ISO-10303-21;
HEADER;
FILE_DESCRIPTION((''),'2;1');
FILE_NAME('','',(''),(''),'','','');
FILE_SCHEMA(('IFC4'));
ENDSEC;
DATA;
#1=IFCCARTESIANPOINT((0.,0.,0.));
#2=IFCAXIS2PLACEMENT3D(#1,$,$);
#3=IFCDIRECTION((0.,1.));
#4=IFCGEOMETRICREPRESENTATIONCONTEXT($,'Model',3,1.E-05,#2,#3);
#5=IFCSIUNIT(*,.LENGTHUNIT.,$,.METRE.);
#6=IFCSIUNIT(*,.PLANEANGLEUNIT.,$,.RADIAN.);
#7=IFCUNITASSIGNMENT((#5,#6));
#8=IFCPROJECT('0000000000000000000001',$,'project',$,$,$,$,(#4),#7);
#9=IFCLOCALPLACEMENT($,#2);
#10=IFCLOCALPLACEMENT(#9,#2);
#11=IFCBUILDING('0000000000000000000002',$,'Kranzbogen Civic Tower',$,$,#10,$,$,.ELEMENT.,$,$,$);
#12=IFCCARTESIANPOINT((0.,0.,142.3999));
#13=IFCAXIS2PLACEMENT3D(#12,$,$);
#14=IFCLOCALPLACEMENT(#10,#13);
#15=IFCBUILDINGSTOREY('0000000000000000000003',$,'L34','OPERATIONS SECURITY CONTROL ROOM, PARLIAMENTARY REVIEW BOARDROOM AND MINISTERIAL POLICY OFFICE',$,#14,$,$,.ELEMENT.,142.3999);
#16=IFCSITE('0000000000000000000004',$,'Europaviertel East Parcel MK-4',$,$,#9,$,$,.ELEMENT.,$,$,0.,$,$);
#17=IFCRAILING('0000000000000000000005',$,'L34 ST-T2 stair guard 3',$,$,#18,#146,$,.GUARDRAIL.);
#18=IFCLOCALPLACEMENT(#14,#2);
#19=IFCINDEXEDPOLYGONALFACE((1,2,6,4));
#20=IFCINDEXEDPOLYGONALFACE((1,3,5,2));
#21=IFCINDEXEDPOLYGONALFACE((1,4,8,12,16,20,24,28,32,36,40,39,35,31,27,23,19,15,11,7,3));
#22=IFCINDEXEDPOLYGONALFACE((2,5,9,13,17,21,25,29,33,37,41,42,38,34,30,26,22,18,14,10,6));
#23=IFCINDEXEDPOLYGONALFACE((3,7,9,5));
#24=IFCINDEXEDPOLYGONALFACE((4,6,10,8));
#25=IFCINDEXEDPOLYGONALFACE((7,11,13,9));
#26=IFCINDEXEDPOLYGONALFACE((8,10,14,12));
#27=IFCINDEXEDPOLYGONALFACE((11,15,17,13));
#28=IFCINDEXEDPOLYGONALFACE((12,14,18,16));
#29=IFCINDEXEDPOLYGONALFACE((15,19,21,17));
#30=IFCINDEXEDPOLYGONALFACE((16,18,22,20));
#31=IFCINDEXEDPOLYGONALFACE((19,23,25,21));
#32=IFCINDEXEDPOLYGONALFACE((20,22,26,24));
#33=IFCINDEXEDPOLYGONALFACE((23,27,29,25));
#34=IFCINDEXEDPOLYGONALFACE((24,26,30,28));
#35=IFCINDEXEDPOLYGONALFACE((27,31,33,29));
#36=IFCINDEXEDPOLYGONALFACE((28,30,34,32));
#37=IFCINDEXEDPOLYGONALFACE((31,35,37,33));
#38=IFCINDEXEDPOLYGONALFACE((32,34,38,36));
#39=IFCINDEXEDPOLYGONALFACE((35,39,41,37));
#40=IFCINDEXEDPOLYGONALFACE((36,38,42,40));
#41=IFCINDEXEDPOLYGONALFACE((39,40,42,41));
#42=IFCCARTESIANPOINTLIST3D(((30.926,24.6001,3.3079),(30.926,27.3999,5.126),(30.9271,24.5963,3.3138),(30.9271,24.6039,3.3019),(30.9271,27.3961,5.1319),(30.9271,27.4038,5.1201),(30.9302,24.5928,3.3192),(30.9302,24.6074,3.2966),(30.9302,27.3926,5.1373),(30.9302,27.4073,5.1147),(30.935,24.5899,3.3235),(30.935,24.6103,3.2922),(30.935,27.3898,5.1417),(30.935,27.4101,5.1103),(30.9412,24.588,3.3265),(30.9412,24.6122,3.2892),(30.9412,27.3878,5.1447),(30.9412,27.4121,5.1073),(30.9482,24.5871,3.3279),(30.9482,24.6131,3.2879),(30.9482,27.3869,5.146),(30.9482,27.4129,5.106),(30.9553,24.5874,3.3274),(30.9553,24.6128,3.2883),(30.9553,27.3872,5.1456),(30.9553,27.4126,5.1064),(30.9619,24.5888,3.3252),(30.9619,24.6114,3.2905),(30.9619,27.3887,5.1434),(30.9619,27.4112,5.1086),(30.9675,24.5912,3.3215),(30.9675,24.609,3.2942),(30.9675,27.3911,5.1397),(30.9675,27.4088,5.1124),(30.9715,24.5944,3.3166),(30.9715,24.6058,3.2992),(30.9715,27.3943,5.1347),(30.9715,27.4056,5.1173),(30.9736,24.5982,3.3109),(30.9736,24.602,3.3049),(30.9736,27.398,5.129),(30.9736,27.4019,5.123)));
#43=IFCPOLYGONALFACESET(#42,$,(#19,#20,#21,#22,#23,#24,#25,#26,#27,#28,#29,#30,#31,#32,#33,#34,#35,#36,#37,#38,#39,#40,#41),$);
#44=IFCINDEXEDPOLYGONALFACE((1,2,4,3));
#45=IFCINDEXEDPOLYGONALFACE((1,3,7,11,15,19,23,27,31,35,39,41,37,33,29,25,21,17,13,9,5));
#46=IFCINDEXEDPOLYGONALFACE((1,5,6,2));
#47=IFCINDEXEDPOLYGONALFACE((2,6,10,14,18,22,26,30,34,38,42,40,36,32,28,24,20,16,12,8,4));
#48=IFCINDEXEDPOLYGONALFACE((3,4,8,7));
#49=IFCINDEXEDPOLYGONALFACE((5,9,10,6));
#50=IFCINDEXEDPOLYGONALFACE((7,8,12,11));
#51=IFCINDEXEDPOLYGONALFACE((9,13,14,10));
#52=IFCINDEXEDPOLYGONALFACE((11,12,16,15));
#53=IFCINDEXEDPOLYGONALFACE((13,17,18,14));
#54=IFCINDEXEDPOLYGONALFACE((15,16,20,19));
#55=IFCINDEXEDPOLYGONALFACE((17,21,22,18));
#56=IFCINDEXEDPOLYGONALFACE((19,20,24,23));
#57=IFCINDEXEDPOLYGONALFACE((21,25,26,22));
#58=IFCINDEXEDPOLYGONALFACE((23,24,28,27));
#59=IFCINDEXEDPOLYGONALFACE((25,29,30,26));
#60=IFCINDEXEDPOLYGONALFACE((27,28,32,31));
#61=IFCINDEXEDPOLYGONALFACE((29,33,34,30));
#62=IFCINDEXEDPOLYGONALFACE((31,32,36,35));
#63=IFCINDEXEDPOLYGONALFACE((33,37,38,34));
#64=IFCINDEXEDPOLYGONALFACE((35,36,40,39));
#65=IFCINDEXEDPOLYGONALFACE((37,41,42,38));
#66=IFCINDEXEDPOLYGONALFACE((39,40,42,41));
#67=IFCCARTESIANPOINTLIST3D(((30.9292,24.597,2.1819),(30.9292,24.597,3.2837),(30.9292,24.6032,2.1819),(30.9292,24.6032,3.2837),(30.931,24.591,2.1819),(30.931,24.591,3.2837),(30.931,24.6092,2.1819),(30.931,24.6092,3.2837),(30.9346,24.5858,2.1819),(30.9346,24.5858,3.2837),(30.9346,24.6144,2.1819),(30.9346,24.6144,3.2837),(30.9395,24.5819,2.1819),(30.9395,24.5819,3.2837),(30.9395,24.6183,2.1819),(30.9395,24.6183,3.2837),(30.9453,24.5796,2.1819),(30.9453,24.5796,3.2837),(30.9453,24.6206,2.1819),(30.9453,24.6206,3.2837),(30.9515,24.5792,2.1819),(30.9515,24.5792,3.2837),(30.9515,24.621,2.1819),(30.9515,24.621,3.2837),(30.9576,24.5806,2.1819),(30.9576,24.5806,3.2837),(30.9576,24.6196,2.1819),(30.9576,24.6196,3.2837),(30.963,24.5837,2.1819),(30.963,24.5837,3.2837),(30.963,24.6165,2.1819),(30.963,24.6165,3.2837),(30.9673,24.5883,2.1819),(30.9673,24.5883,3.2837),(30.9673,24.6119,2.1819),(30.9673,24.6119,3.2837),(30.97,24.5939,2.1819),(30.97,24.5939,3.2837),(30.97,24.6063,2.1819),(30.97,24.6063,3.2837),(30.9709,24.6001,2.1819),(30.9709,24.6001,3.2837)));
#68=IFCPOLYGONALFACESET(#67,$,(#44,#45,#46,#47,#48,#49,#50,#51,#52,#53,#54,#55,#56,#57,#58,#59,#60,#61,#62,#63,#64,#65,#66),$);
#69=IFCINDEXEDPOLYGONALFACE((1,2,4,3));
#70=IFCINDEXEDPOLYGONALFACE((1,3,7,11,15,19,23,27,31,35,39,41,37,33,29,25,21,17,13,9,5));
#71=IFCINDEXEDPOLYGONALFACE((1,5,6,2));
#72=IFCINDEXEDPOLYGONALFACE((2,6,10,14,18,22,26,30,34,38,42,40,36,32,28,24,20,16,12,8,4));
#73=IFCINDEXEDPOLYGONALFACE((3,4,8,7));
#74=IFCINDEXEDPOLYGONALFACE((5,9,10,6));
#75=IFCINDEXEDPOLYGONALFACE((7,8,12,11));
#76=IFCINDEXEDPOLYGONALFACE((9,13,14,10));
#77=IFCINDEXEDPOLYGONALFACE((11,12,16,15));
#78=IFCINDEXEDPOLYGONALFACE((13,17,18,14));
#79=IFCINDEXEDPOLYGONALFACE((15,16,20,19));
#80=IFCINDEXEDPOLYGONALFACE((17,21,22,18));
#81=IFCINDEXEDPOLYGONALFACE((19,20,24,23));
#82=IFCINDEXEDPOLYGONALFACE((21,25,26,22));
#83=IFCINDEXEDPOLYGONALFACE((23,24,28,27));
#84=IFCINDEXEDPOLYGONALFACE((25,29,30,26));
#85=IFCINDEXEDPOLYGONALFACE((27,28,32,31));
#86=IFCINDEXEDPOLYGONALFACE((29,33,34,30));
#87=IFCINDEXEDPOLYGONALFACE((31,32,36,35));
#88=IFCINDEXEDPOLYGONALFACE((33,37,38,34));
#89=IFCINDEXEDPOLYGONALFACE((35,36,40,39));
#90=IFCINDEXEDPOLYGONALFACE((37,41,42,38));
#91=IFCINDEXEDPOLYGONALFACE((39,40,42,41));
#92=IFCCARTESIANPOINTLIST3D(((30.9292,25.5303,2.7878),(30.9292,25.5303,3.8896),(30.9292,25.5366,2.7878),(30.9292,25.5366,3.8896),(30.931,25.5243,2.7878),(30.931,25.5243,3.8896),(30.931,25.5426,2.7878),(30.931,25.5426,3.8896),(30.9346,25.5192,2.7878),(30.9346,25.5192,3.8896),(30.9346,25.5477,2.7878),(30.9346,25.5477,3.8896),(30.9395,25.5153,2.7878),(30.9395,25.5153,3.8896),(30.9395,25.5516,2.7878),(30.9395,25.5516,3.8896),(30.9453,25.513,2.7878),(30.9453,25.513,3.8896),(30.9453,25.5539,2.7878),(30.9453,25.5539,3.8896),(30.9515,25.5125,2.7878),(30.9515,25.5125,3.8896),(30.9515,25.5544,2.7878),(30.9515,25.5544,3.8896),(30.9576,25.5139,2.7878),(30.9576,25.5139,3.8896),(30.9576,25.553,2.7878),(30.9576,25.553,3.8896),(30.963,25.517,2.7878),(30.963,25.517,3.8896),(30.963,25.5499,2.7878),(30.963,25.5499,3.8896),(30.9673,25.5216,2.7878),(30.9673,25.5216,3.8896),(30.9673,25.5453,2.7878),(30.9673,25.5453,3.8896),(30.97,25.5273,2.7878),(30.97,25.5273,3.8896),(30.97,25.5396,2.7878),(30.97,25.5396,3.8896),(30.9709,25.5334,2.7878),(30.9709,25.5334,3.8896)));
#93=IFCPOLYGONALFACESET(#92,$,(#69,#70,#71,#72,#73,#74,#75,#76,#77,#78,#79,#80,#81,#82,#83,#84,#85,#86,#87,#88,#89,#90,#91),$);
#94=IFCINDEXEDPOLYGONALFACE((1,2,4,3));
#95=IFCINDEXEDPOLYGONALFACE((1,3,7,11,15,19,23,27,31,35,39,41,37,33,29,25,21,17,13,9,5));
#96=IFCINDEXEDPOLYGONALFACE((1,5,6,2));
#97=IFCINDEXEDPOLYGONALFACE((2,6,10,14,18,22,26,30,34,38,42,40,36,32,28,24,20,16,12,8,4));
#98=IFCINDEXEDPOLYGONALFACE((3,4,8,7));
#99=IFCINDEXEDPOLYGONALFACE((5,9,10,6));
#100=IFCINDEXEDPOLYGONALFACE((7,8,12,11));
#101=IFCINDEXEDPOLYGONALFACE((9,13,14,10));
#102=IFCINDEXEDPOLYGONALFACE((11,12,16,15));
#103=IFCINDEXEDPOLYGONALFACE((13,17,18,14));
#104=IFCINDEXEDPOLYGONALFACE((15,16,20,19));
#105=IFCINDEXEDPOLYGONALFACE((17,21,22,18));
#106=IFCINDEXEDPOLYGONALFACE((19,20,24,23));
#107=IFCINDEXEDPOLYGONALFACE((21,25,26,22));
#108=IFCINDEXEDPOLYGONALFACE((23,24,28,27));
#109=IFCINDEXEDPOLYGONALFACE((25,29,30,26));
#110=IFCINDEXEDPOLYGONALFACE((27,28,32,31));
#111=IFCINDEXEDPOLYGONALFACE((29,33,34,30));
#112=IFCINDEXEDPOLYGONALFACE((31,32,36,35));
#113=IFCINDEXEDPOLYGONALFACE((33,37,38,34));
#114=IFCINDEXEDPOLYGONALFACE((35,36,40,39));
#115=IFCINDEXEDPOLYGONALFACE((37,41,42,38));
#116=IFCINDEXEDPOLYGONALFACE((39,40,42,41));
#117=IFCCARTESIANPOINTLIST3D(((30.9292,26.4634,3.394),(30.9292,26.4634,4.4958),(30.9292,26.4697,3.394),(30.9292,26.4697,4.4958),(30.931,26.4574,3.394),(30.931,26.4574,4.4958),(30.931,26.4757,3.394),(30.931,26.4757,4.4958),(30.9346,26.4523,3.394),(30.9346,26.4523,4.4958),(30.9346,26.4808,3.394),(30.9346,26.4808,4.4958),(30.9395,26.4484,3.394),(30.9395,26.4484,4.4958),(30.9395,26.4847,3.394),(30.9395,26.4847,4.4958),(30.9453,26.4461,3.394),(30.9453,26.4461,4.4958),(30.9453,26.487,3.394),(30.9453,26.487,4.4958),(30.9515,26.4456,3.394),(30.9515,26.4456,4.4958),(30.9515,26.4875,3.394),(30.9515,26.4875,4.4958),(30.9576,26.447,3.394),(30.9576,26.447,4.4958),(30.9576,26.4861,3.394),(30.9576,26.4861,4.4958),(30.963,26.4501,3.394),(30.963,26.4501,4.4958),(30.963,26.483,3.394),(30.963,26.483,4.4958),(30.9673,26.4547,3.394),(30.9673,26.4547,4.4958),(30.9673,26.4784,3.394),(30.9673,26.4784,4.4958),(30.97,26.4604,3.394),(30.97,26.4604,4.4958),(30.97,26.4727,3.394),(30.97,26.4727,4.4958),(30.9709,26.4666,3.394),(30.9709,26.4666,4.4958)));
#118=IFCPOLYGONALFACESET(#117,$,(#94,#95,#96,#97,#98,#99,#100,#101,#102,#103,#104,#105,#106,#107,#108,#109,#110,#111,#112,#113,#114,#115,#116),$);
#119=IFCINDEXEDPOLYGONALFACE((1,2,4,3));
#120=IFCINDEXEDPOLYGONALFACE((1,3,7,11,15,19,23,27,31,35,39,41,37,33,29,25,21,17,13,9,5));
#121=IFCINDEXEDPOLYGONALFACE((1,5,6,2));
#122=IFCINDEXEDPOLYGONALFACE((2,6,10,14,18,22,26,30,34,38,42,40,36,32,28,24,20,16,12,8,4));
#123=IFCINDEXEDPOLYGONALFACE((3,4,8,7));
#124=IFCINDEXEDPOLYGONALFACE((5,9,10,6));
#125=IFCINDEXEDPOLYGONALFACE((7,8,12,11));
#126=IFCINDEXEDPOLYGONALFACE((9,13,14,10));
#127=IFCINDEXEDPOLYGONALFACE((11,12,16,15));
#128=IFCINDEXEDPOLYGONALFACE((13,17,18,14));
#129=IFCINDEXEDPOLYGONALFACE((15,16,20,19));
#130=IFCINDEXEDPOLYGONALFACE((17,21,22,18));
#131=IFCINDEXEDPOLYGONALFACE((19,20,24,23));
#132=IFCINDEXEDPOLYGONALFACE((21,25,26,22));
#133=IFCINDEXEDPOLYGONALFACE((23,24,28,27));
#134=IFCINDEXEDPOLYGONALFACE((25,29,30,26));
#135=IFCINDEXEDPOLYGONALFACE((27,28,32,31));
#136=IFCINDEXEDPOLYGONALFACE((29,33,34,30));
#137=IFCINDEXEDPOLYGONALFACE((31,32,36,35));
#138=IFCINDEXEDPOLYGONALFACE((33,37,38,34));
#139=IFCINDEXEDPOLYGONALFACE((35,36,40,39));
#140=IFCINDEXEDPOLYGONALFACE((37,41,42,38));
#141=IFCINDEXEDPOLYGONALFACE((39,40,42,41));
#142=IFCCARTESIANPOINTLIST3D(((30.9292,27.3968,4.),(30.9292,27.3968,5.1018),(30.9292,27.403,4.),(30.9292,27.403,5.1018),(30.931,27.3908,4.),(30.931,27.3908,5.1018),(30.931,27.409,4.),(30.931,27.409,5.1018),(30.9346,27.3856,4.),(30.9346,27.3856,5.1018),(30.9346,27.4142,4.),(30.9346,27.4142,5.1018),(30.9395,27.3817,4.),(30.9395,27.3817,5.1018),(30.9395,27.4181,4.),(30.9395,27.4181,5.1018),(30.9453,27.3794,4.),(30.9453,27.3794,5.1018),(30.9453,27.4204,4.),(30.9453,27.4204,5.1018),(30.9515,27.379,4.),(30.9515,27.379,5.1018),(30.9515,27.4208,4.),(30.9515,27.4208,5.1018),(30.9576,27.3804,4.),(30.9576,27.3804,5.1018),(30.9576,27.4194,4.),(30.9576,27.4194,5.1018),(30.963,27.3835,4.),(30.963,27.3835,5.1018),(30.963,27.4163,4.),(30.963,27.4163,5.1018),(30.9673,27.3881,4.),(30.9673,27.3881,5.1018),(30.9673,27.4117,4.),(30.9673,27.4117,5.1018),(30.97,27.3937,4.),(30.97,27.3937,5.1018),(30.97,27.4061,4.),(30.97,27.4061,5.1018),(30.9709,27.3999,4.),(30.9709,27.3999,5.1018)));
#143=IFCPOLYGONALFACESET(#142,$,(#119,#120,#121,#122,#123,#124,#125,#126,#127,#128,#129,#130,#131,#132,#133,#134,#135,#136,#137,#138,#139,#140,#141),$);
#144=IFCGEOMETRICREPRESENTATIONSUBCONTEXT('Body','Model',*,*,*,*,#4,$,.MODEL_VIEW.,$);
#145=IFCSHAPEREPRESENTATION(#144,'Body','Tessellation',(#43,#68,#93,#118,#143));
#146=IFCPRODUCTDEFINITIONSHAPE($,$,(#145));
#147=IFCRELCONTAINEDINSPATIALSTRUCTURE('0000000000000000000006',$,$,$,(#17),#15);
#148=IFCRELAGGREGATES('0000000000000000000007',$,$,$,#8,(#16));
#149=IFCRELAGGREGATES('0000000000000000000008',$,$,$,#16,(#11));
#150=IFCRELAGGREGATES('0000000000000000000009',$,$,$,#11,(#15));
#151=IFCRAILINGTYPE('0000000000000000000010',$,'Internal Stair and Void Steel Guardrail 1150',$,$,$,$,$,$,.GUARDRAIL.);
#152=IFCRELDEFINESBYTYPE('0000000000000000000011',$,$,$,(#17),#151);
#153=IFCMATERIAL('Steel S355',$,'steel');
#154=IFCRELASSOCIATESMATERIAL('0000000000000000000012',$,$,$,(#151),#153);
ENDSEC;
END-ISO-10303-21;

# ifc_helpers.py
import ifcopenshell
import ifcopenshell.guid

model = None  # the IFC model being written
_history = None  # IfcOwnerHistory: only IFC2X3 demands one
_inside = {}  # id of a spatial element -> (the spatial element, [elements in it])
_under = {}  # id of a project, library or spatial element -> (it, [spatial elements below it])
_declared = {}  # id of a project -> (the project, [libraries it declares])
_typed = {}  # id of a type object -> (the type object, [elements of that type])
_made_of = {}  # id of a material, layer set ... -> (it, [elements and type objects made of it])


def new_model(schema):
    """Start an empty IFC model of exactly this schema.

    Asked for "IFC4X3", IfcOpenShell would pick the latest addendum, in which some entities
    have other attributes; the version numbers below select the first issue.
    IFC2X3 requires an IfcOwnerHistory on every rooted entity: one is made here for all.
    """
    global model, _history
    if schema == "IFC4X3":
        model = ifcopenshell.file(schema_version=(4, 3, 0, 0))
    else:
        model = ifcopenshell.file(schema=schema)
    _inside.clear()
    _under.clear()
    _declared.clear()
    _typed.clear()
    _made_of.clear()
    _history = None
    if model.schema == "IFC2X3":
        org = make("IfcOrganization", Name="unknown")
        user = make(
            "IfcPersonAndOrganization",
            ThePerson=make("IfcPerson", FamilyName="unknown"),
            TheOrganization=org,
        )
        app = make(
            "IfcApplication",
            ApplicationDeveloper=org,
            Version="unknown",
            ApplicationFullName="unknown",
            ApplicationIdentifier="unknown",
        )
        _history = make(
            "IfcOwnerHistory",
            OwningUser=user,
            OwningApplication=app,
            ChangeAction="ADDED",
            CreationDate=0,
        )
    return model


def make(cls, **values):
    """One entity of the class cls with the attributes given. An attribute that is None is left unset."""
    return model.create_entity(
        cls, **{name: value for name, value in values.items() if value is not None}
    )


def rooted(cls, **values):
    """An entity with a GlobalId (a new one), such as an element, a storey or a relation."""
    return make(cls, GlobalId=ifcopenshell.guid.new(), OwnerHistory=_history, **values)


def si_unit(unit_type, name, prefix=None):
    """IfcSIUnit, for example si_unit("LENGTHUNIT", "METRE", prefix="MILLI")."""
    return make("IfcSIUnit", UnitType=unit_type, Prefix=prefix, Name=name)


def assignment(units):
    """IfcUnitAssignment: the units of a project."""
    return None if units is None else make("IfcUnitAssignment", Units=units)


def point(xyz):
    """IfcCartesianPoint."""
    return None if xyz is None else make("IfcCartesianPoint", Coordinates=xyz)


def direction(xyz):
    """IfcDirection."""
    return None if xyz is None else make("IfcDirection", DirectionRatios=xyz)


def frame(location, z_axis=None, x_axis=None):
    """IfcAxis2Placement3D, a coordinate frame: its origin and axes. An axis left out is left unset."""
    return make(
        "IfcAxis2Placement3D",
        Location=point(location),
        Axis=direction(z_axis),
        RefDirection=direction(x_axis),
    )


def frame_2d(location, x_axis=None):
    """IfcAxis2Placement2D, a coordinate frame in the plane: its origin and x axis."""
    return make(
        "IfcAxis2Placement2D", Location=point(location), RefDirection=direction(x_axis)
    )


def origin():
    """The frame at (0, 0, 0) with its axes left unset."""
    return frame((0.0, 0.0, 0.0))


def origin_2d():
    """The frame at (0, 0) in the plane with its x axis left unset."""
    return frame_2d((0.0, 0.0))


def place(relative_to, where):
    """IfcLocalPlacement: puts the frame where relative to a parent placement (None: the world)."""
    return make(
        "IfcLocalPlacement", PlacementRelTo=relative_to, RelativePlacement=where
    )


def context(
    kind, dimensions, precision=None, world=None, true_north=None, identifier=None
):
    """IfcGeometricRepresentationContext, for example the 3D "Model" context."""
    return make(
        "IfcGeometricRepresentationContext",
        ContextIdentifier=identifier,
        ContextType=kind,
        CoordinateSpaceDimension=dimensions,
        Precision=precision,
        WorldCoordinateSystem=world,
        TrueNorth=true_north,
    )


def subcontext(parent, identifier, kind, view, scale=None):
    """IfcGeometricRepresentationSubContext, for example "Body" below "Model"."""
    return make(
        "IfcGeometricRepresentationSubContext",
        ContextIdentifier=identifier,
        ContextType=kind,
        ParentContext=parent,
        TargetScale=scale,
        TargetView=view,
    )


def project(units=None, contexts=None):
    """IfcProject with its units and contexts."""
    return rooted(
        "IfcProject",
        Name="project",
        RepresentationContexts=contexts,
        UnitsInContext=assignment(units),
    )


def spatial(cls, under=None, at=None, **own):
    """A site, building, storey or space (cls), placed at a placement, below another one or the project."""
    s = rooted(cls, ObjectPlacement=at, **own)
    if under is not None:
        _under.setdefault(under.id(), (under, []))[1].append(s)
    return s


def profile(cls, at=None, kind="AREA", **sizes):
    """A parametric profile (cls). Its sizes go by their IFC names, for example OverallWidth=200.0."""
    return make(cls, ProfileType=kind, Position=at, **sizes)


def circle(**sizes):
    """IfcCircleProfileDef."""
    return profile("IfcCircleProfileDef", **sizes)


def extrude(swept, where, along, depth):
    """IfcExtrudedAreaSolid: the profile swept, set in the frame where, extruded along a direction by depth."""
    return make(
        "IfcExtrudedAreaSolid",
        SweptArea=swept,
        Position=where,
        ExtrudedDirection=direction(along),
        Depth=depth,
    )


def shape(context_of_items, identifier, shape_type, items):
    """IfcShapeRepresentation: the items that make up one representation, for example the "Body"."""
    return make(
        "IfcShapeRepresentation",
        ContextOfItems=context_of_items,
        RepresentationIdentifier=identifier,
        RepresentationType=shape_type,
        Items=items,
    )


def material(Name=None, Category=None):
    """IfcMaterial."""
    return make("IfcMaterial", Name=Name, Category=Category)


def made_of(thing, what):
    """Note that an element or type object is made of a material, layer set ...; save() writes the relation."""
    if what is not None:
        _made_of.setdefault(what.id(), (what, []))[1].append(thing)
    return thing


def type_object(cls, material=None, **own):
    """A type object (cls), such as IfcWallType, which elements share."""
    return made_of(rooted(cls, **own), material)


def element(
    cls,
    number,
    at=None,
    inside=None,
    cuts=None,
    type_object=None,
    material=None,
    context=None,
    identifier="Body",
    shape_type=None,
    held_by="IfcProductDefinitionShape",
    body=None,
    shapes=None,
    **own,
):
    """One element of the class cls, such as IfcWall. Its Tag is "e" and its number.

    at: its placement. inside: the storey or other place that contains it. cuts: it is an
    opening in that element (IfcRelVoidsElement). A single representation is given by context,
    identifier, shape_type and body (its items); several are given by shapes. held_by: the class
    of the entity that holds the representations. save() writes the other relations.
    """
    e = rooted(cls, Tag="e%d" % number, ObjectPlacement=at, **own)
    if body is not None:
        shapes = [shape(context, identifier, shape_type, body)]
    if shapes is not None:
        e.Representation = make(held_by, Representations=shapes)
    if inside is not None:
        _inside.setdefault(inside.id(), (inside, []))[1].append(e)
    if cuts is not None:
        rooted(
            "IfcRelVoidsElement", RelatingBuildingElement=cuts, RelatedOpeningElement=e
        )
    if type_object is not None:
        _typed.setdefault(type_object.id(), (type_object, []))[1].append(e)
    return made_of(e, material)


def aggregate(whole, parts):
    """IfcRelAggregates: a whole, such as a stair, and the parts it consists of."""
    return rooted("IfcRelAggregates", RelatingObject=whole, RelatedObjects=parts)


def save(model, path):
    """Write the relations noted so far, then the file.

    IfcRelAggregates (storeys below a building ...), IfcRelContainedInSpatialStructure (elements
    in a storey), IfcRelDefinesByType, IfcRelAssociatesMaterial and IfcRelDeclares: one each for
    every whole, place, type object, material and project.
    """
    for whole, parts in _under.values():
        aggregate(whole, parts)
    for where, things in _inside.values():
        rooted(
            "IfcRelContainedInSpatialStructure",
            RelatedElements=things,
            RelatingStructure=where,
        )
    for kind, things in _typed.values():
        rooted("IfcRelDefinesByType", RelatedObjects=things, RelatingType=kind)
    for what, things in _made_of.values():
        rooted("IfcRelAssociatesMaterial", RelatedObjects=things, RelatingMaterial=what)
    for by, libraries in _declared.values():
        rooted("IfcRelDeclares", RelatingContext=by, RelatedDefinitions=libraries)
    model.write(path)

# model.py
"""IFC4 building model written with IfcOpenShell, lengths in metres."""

from ifc_helpers import new_model, si_unit, direction, frame, origin, origin_2d, place, context, subcontext, project, spatial, circle, extrude, material, type_object, element, save


model = new_model("IFC4")

# Units and contexts
model_context = context("Model", 3, precision=1e-05, world=origin(), true_north=direction((0.0, 1.0)))
body_context = subcontext(model_context, "Body", "Model", "MODEL_VIEW")
ifc_project = project(units=[si_unit("LENGTHUNIT", "METRE"), si_unit("PLANEANGLEUNIT", "RADIAN")], contexts=[model_context])

# Site, building, storey
site_placement = place(None, origin())
site = spatial("IfcSite", under=ifc_project, at=site_placement, Name="Europaviertel East Parcel MK-4", CompositionType="ELEMENT", RefElevation=0.0)
building_placement = place(site_placement, origin())
building = spatial("IfcBuilding", under=site, at=building_placement, Name="Kranzbogen Civic Tower", CompositionType="ELEMENT")
storey_placement = place(building_placement, frame((0.0, 0.0, 142.3999)))
storey = spatial("IfcBuildingStorey", under=building, at=storey_placement, Name="L34", Description="OPERATIONS SECURITY CONTROL ROOM, PARLIAMENTARY REVIEW BOARDROOM AND MINISTERIAL POLICY OFFICE", CompositionType="ELEMENT", Elevation=142.3999)

# Shared definitions
ifc_material_1 = material(Name="Steel S355", Category="steel")

# Railing
railing_type_1 = type_object("IfcRailingType", Name="Internal Stair and Void Steel Guardrail 1150", PredefinedType="GUARDRAIL", material=ifc_material_1)
railing_1_placement = place(storey_placement, frame((30.95, 24.6001, 2.1819)))
element("IfcRailing", 1, at=railing_1_placement, inside=storey, type_object=railing_type_1, Name="L34 ST-T2 stair guard 3", PredefinedType="GUARDRAIL", context=body_context, shape_type="SweptSolid", body=[
    extrude(circle(Radius=0.0239, at=origin_2d()), frame((0.0, 0.0, 1.126), z_axis=(0.0, 0.838684, 0.544618), x_axis=(-1.0, 0.0, 0.0)), (0.0, 0.0, 1.0), 3.3384),
    extrude(circle(Radius=0.021, at=origin_2d()), origin(), (0.0, 0.0, 1.0), 1.1018),
    extrude(circle(Radius=0.021, at=origin_2d()), frame((0.0, 0.9333, 0.606)), (0.0, 0.0, 1.0), 1.1018),
    extrude(circle(Radius=0.021, at=origin_2d()), frame((0.0, 1.8665, 1.2122)), (0.0, 0.0, 1.0), 1.1018),
    extrude(circle(Radius=0.021, at=origin_2d()), frame((0.0, 2.7998, 1.8181)), (0.0, 0.0, 1.0), 1.1018),
])

save(model, "model.ifc")
